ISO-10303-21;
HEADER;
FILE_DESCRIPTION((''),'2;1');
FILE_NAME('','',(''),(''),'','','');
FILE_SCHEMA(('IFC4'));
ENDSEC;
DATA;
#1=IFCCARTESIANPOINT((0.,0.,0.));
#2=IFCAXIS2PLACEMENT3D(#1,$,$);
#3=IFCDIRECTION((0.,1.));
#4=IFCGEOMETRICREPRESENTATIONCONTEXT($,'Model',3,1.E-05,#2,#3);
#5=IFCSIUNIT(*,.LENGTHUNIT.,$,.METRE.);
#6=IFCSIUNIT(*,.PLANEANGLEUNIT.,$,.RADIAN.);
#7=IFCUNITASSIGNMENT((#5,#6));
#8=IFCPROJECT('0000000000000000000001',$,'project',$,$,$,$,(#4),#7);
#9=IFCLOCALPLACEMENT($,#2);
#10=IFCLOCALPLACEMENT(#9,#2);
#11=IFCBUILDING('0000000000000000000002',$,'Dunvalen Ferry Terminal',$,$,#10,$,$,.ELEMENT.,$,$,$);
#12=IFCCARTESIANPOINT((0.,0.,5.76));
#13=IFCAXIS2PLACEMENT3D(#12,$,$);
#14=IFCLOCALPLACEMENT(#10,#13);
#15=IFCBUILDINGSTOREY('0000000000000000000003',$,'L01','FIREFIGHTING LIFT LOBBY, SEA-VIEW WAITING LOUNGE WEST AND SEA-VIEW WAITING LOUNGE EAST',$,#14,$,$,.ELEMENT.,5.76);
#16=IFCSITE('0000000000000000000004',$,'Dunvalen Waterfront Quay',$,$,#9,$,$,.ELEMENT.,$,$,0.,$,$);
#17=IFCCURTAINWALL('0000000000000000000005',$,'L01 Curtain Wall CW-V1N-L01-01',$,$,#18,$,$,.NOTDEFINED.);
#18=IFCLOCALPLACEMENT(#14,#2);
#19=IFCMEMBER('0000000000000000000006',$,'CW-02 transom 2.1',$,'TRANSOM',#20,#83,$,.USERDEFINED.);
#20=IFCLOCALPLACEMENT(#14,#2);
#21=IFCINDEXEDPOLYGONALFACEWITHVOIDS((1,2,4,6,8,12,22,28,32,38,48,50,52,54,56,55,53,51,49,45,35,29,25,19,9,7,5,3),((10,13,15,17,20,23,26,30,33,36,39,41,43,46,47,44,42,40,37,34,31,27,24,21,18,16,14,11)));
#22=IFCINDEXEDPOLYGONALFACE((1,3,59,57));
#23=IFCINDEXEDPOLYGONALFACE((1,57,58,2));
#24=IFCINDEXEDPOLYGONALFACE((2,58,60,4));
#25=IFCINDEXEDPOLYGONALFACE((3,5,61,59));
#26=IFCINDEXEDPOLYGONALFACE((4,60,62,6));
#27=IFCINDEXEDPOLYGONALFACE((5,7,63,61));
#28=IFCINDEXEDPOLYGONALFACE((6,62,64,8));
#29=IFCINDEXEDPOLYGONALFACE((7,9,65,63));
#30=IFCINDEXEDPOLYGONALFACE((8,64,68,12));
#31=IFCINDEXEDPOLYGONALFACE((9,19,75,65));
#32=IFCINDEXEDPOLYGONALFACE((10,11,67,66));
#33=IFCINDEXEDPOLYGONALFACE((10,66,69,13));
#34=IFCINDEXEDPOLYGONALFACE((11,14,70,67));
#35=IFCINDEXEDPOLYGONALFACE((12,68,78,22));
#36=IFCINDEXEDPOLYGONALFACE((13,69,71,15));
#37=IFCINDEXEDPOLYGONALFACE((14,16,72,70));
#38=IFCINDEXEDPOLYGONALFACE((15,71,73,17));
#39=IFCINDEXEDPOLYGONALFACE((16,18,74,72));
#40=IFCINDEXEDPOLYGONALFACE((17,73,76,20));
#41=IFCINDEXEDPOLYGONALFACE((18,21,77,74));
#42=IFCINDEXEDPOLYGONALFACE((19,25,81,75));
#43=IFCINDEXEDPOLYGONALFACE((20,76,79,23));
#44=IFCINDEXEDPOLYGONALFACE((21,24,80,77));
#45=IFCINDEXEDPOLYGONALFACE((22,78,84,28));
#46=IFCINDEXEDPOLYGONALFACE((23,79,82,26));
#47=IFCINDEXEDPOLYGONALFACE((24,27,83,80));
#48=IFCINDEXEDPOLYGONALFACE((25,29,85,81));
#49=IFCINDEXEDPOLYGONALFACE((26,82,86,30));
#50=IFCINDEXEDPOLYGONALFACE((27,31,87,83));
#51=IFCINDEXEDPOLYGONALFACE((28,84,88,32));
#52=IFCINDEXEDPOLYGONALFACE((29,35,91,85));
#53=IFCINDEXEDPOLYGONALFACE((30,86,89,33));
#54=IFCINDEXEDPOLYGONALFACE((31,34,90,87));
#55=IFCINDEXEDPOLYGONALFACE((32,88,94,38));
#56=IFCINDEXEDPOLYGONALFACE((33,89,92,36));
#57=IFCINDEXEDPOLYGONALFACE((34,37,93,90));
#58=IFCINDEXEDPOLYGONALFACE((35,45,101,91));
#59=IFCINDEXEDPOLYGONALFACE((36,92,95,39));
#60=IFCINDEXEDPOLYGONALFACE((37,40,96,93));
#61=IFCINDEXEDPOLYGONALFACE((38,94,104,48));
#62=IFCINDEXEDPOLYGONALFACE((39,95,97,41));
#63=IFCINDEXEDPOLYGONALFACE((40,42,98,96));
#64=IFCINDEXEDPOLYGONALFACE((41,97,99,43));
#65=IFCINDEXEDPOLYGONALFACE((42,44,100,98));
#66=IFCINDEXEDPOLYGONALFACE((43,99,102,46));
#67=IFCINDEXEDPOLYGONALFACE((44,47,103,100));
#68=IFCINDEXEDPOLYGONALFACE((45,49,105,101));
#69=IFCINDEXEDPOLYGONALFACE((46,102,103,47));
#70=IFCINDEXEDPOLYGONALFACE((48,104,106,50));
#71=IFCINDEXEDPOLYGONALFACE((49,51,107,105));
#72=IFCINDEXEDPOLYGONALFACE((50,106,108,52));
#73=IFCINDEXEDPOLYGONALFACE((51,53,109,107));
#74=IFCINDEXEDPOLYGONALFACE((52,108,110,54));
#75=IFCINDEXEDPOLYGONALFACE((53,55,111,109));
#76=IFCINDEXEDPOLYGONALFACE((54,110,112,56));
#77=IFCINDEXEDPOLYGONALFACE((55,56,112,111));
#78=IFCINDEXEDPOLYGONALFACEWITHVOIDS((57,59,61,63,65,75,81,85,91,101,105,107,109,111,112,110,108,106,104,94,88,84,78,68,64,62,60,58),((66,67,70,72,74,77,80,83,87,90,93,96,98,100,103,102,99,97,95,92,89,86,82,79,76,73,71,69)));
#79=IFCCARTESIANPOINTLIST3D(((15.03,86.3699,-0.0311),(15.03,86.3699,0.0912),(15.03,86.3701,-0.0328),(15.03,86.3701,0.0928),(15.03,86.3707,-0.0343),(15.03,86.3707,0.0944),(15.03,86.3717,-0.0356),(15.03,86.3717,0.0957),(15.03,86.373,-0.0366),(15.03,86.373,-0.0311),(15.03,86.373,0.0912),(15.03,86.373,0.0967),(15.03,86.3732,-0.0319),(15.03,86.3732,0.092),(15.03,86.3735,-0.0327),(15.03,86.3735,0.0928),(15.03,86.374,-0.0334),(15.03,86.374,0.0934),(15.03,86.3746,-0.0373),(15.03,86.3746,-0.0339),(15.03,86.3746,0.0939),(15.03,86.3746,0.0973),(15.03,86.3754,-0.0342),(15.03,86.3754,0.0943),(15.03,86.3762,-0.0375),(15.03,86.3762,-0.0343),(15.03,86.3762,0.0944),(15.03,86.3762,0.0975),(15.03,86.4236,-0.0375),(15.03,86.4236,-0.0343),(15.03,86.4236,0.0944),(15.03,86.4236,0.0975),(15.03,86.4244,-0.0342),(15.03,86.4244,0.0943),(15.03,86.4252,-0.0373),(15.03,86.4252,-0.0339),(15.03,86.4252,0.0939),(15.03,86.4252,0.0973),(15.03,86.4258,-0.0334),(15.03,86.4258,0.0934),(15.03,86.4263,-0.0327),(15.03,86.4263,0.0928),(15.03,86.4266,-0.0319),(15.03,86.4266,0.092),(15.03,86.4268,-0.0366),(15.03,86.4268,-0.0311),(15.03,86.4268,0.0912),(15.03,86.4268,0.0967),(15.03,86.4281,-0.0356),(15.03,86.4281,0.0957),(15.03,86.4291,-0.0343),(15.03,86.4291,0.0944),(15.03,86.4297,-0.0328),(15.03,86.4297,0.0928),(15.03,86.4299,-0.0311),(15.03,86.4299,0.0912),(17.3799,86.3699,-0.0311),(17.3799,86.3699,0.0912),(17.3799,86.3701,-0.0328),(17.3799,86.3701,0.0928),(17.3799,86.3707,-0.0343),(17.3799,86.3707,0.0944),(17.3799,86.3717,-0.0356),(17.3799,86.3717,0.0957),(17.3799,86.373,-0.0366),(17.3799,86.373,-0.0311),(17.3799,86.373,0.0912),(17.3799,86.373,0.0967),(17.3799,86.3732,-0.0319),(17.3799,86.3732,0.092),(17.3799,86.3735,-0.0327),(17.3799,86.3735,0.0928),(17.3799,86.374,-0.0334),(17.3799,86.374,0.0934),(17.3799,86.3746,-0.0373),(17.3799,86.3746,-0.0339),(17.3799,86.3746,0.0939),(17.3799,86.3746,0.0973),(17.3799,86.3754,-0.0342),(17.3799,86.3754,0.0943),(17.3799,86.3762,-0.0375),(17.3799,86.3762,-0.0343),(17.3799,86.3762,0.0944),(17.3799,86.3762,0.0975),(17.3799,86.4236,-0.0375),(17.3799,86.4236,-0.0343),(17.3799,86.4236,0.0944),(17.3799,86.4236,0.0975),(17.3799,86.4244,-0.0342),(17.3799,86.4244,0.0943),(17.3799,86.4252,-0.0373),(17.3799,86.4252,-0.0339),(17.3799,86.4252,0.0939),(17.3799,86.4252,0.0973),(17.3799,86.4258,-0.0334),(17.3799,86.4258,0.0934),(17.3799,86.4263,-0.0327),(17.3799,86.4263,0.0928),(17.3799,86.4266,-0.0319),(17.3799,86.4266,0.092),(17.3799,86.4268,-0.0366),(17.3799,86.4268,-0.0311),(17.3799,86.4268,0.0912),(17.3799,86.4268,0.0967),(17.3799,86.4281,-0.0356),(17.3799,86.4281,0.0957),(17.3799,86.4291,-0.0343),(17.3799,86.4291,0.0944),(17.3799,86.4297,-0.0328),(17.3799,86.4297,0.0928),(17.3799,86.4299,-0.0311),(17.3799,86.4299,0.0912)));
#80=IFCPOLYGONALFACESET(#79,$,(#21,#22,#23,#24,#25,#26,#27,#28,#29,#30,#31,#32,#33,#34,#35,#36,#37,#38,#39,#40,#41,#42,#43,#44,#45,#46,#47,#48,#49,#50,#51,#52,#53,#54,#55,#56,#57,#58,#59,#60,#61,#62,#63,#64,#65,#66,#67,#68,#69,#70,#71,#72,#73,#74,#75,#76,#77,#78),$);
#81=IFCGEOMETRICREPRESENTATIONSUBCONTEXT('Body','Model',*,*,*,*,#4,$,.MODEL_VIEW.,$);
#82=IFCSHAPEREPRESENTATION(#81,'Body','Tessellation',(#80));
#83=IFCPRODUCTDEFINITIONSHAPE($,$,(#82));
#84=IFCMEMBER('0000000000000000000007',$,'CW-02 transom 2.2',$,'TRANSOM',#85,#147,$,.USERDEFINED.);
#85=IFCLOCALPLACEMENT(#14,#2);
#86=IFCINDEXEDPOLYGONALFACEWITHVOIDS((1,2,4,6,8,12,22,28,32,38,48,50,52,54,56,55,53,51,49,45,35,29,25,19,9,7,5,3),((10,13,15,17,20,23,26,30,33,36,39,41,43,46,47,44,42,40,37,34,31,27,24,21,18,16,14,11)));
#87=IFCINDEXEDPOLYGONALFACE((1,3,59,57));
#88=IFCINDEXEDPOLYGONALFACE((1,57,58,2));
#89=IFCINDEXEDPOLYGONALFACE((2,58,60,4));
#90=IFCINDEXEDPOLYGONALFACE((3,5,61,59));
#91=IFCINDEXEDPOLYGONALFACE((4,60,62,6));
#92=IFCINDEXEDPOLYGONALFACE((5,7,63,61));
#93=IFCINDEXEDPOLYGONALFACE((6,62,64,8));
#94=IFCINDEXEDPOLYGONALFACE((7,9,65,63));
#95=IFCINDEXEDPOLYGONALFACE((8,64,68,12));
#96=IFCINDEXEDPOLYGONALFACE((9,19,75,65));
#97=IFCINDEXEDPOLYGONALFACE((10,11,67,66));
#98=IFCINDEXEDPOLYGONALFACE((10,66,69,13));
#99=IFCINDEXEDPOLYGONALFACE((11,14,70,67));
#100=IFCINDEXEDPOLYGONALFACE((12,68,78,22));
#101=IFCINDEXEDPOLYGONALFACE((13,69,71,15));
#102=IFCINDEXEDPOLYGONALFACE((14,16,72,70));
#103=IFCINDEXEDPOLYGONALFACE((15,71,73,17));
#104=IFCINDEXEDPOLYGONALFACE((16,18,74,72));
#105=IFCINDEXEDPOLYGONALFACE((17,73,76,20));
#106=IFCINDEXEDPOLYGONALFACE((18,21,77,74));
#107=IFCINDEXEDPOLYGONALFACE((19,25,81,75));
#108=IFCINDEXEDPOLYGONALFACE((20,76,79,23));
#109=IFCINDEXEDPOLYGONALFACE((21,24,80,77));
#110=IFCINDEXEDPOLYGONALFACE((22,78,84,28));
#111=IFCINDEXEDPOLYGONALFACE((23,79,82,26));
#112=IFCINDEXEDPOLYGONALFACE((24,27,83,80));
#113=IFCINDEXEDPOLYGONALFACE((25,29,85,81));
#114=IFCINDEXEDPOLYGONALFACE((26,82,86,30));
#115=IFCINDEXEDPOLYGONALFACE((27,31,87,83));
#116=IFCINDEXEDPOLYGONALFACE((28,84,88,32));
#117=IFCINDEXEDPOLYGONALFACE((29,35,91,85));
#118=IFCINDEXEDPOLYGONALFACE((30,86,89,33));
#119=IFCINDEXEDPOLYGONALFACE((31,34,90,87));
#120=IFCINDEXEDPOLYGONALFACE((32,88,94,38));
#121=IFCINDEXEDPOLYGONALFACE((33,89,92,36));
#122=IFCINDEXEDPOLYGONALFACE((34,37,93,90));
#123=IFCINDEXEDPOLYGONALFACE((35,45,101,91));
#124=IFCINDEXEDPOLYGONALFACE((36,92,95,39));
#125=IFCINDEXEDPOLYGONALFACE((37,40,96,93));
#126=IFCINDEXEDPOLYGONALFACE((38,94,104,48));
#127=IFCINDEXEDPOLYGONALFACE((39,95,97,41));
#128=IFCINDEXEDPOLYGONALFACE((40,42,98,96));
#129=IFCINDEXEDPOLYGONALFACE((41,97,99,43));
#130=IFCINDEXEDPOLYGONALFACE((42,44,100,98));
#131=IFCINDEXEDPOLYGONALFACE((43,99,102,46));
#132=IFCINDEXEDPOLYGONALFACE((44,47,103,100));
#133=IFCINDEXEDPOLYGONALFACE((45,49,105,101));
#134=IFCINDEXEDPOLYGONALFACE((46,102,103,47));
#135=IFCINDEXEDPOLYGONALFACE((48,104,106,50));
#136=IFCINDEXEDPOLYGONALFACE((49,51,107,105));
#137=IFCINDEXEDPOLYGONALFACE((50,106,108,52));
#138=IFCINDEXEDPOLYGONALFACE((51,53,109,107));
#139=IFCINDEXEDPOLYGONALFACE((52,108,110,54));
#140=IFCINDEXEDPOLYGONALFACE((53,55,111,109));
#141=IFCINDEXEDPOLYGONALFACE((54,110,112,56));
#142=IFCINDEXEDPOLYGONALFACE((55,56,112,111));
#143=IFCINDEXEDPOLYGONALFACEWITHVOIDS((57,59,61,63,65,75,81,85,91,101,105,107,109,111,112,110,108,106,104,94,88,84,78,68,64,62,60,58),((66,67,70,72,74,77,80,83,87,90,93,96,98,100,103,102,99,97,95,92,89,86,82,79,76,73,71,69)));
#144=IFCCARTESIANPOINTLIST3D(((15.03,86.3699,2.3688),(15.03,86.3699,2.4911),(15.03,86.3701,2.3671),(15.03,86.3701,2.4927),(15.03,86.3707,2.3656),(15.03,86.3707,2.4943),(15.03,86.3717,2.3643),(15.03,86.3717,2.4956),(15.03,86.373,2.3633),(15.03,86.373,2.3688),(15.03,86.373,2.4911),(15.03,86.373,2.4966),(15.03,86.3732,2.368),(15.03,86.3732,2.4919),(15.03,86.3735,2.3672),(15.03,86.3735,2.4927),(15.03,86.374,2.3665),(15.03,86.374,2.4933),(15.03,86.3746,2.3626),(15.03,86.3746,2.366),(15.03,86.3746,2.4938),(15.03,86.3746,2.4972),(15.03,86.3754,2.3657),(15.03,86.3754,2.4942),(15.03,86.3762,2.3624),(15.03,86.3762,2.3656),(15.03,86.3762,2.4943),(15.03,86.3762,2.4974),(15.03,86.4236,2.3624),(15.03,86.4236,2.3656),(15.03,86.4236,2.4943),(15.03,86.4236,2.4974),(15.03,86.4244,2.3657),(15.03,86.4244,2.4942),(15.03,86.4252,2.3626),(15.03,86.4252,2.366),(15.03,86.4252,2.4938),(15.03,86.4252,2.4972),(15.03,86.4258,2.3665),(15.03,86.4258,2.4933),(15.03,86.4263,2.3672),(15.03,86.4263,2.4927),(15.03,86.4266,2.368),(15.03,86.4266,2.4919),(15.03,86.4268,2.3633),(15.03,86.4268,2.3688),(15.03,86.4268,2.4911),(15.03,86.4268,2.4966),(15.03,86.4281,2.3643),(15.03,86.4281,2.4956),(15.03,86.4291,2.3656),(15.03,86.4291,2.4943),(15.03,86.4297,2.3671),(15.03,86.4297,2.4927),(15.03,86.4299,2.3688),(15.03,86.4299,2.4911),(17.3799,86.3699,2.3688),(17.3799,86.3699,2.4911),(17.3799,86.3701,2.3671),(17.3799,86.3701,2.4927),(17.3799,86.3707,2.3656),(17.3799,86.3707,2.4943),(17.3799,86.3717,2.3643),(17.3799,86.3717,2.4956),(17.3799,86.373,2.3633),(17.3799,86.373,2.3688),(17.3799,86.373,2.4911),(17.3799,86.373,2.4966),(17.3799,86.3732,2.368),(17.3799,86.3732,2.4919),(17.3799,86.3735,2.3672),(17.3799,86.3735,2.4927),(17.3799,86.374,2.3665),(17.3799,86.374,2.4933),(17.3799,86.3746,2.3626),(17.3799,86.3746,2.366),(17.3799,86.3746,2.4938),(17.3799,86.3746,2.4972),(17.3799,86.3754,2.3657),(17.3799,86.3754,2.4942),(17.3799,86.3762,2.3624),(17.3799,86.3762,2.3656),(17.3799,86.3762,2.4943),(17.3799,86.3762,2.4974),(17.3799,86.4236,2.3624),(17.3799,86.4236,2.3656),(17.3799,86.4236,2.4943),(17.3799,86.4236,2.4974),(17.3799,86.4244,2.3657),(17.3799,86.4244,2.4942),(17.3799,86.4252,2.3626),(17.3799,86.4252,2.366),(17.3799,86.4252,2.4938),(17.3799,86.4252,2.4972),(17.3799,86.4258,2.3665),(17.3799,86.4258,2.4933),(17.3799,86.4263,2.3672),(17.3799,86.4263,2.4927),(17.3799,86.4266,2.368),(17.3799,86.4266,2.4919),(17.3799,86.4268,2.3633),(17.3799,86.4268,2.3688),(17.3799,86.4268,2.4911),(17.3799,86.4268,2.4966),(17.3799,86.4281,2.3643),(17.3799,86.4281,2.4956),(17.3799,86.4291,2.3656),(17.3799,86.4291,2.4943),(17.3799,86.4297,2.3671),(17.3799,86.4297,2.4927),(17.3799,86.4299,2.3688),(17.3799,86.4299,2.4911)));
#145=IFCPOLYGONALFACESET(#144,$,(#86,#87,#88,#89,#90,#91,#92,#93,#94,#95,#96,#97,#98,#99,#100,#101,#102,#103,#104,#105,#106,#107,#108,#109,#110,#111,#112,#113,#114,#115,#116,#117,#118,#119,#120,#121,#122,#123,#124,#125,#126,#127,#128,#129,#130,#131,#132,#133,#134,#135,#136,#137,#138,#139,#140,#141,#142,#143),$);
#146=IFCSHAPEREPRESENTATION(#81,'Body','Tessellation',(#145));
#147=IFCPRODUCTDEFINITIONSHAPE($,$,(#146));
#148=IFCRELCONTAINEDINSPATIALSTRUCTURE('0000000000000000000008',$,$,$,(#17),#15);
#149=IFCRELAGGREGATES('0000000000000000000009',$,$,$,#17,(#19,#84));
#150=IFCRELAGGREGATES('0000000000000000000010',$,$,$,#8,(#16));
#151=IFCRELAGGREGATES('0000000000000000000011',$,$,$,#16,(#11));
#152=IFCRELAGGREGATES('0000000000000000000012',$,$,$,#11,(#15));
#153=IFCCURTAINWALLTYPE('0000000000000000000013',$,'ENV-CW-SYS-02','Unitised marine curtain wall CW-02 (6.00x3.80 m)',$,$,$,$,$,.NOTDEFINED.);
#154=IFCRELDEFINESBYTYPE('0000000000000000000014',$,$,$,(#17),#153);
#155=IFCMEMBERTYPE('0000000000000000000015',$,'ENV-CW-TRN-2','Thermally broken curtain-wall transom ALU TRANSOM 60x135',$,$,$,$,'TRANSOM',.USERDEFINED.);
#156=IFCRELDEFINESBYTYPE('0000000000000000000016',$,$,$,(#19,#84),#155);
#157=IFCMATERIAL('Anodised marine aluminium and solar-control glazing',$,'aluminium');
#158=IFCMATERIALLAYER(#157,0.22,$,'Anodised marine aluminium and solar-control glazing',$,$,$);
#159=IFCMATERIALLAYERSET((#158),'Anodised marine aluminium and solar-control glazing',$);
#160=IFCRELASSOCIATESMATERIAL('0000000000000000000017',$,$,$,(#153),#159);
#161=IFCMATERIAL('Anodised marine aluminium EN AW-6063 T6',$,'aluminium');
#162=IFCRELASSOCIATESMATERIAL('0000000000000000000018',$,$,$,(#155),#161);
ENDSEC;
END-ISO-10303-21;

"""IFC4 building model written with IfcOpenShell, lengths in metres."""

from ifc_helpers import new_model, si_unit, direction, frame, origin, origin_2d, place, context, subcontext, project, spatial, hollow_rectangle, extrude, material, layer, layer_set, material_profile, profile_set, type_object, element, aggregate, save


model = new_model("IFC4")

# Units and contexts
model_context = context("Model", 3, precision=1e-05, world=origin(), true_north=direction((0.0, 1.0)))
body_context = subcontext(model_context, "Body", "Model", "MODEL_VIEW")
ifc_project = project(units=[si_unit("LENGTHUNIT", "METRE"), si_unit("PLANEANGLEUNIT", "RADIAN")], contexts=[model_context])

# Site, building, storey
site_placement = place(None, origin())
site = spatial("IfcSite", under=ifc_project, at=site_placement, Name="Dunvalen Waterfront Quay", CompositionType="ELEMENT", RefElevation=0.0)
building_placement = place(site_placement, origin())
building = spatial("IfcBuilding", under=site, at=building_placement, Name="Dunvalen Ferry Terminal", CompositionType="ELEMENT")
storey_placement = place(building_placement, frame((0.0, 0.0, 5.76)))
storey = spatial("IfcBuildingStorey", under=building, at=storey_placement, Name="L01", Description="FIREFIGHTING LIFT LOBBY, SEA-VIEW WAITING LOUNGE WEST AND SEA-VIEW WAITING LOUNGE EAST", CompositionType="ELEMENT", Elevation=5.76)

# Curtain wall, members
ifc_material_1 = material(Name="Anodised marine aluminium and solar-control glazing", Category="aluminium")
ifc_layer_1 = layer(ifc_material_1, 0.22, Name="Anodised marine aluminium and solar-control glazing")
ifc_layer_set_1 = layer_set([ifc_layer_1], Name="Anodised marine aluminium and solar-control glazing")
curtain_wall_type = type_object("IfcCurtainWallType", Name="ENV-CW-SYS-02", Description="Unitised marine curtain wall CW-02 (6.00x3.80 m)", PredefinedType="NOTDEFINED", material=ifc_layer_set_1)
curtain_wall_placement = place(storey_placement, origin())
curtain_wall = element("IfcCurtainWall", 1, at=curtain_wall_placement, inside=storey, type_object=curtain_wall_type, Name="L01 Curtain Wall CW-V1N-L01-01", PredefinedType="NOTDEFINED")
ifc_material_2 = material(Name="Anodised marine aluminium EN AW-6063 T6", Category="aluminium")
ifc_material_profile_1 = material_profile(ifc_material_2, hollow_rectangle(XDim=0.0601, YDim=0.135, WallThickness=0.0032, InnerFilletRadius=0.0032, OuterFilletRadius=0.0063, at=origin_2d()), Name="Anodised marine aluminium EN AW-6063 T6")
ifc_profile_set_1 = profile_set([ifc_material_profile_1], Name="Anodised marine aluminium EN AW-6063 T6")
member_type_1 = type_object("IfcMemberType", Name="ENV-CW-TRN-2", Description="Thermally broken curtain-wall transom ALU TRANSOM 60x135", ElementType="TRANSOM", PredefinedType="USERDEFINED", material=ifc_profile_set_1)
member_1_placement = place(storey_placement, frame((15.03, 86.3999, 0.03), z_axis=(1.0, 0.0, 0.0), x_axis=(0.0, 1.0, 0.0)))
member_1 = element("IfcMember", 2, at=member_1_placement, type_object=member_type_1, Name="CW-02 transom 2.1", ObjectType="TRANSOM", PredefinedType="USERDEFINED", context=body_context, shape_type="SweptSolid", body=[
    extrude(hollow_rectangle(XDim=0.0601, YDim=0.135, WallThickness=0.0032, InnerFilletRadius=0.0032, OuterFilletRadius=0.0063, at=origin_2d()), origin(), (0.0, 0.0, 1.0), 2.3499),
])
member_2_placement = place(storey_placement, frame((15.03, 86.3999, 2.4299), z_axis=(1.0, 0.0, 0.0), x_axis=(0.0, 1.0, 0.0)))
member_2 = element("IfcMember", 3, at=member_2_placement, type_object=member_type_1, Name="CW-02 transom 2.2", ObjectType="TRANSOM", PredefinedType="USERDEFINED", context=body_context, shape_type="SweptSolid", body=[
    extrude(hollow_rectangle(XDim=0.0601, YDim=0.135, WallThickness=0.0032, InnerFilletRadius=0.0032, OuterFilletRadius=0.0063, at=origin_2d()), origin(), (0.0, 0.0, 1.0), 2.3499),
])

aggregate(curtain_wall, [member_1, member_2])

save(model, "model.ifc")
